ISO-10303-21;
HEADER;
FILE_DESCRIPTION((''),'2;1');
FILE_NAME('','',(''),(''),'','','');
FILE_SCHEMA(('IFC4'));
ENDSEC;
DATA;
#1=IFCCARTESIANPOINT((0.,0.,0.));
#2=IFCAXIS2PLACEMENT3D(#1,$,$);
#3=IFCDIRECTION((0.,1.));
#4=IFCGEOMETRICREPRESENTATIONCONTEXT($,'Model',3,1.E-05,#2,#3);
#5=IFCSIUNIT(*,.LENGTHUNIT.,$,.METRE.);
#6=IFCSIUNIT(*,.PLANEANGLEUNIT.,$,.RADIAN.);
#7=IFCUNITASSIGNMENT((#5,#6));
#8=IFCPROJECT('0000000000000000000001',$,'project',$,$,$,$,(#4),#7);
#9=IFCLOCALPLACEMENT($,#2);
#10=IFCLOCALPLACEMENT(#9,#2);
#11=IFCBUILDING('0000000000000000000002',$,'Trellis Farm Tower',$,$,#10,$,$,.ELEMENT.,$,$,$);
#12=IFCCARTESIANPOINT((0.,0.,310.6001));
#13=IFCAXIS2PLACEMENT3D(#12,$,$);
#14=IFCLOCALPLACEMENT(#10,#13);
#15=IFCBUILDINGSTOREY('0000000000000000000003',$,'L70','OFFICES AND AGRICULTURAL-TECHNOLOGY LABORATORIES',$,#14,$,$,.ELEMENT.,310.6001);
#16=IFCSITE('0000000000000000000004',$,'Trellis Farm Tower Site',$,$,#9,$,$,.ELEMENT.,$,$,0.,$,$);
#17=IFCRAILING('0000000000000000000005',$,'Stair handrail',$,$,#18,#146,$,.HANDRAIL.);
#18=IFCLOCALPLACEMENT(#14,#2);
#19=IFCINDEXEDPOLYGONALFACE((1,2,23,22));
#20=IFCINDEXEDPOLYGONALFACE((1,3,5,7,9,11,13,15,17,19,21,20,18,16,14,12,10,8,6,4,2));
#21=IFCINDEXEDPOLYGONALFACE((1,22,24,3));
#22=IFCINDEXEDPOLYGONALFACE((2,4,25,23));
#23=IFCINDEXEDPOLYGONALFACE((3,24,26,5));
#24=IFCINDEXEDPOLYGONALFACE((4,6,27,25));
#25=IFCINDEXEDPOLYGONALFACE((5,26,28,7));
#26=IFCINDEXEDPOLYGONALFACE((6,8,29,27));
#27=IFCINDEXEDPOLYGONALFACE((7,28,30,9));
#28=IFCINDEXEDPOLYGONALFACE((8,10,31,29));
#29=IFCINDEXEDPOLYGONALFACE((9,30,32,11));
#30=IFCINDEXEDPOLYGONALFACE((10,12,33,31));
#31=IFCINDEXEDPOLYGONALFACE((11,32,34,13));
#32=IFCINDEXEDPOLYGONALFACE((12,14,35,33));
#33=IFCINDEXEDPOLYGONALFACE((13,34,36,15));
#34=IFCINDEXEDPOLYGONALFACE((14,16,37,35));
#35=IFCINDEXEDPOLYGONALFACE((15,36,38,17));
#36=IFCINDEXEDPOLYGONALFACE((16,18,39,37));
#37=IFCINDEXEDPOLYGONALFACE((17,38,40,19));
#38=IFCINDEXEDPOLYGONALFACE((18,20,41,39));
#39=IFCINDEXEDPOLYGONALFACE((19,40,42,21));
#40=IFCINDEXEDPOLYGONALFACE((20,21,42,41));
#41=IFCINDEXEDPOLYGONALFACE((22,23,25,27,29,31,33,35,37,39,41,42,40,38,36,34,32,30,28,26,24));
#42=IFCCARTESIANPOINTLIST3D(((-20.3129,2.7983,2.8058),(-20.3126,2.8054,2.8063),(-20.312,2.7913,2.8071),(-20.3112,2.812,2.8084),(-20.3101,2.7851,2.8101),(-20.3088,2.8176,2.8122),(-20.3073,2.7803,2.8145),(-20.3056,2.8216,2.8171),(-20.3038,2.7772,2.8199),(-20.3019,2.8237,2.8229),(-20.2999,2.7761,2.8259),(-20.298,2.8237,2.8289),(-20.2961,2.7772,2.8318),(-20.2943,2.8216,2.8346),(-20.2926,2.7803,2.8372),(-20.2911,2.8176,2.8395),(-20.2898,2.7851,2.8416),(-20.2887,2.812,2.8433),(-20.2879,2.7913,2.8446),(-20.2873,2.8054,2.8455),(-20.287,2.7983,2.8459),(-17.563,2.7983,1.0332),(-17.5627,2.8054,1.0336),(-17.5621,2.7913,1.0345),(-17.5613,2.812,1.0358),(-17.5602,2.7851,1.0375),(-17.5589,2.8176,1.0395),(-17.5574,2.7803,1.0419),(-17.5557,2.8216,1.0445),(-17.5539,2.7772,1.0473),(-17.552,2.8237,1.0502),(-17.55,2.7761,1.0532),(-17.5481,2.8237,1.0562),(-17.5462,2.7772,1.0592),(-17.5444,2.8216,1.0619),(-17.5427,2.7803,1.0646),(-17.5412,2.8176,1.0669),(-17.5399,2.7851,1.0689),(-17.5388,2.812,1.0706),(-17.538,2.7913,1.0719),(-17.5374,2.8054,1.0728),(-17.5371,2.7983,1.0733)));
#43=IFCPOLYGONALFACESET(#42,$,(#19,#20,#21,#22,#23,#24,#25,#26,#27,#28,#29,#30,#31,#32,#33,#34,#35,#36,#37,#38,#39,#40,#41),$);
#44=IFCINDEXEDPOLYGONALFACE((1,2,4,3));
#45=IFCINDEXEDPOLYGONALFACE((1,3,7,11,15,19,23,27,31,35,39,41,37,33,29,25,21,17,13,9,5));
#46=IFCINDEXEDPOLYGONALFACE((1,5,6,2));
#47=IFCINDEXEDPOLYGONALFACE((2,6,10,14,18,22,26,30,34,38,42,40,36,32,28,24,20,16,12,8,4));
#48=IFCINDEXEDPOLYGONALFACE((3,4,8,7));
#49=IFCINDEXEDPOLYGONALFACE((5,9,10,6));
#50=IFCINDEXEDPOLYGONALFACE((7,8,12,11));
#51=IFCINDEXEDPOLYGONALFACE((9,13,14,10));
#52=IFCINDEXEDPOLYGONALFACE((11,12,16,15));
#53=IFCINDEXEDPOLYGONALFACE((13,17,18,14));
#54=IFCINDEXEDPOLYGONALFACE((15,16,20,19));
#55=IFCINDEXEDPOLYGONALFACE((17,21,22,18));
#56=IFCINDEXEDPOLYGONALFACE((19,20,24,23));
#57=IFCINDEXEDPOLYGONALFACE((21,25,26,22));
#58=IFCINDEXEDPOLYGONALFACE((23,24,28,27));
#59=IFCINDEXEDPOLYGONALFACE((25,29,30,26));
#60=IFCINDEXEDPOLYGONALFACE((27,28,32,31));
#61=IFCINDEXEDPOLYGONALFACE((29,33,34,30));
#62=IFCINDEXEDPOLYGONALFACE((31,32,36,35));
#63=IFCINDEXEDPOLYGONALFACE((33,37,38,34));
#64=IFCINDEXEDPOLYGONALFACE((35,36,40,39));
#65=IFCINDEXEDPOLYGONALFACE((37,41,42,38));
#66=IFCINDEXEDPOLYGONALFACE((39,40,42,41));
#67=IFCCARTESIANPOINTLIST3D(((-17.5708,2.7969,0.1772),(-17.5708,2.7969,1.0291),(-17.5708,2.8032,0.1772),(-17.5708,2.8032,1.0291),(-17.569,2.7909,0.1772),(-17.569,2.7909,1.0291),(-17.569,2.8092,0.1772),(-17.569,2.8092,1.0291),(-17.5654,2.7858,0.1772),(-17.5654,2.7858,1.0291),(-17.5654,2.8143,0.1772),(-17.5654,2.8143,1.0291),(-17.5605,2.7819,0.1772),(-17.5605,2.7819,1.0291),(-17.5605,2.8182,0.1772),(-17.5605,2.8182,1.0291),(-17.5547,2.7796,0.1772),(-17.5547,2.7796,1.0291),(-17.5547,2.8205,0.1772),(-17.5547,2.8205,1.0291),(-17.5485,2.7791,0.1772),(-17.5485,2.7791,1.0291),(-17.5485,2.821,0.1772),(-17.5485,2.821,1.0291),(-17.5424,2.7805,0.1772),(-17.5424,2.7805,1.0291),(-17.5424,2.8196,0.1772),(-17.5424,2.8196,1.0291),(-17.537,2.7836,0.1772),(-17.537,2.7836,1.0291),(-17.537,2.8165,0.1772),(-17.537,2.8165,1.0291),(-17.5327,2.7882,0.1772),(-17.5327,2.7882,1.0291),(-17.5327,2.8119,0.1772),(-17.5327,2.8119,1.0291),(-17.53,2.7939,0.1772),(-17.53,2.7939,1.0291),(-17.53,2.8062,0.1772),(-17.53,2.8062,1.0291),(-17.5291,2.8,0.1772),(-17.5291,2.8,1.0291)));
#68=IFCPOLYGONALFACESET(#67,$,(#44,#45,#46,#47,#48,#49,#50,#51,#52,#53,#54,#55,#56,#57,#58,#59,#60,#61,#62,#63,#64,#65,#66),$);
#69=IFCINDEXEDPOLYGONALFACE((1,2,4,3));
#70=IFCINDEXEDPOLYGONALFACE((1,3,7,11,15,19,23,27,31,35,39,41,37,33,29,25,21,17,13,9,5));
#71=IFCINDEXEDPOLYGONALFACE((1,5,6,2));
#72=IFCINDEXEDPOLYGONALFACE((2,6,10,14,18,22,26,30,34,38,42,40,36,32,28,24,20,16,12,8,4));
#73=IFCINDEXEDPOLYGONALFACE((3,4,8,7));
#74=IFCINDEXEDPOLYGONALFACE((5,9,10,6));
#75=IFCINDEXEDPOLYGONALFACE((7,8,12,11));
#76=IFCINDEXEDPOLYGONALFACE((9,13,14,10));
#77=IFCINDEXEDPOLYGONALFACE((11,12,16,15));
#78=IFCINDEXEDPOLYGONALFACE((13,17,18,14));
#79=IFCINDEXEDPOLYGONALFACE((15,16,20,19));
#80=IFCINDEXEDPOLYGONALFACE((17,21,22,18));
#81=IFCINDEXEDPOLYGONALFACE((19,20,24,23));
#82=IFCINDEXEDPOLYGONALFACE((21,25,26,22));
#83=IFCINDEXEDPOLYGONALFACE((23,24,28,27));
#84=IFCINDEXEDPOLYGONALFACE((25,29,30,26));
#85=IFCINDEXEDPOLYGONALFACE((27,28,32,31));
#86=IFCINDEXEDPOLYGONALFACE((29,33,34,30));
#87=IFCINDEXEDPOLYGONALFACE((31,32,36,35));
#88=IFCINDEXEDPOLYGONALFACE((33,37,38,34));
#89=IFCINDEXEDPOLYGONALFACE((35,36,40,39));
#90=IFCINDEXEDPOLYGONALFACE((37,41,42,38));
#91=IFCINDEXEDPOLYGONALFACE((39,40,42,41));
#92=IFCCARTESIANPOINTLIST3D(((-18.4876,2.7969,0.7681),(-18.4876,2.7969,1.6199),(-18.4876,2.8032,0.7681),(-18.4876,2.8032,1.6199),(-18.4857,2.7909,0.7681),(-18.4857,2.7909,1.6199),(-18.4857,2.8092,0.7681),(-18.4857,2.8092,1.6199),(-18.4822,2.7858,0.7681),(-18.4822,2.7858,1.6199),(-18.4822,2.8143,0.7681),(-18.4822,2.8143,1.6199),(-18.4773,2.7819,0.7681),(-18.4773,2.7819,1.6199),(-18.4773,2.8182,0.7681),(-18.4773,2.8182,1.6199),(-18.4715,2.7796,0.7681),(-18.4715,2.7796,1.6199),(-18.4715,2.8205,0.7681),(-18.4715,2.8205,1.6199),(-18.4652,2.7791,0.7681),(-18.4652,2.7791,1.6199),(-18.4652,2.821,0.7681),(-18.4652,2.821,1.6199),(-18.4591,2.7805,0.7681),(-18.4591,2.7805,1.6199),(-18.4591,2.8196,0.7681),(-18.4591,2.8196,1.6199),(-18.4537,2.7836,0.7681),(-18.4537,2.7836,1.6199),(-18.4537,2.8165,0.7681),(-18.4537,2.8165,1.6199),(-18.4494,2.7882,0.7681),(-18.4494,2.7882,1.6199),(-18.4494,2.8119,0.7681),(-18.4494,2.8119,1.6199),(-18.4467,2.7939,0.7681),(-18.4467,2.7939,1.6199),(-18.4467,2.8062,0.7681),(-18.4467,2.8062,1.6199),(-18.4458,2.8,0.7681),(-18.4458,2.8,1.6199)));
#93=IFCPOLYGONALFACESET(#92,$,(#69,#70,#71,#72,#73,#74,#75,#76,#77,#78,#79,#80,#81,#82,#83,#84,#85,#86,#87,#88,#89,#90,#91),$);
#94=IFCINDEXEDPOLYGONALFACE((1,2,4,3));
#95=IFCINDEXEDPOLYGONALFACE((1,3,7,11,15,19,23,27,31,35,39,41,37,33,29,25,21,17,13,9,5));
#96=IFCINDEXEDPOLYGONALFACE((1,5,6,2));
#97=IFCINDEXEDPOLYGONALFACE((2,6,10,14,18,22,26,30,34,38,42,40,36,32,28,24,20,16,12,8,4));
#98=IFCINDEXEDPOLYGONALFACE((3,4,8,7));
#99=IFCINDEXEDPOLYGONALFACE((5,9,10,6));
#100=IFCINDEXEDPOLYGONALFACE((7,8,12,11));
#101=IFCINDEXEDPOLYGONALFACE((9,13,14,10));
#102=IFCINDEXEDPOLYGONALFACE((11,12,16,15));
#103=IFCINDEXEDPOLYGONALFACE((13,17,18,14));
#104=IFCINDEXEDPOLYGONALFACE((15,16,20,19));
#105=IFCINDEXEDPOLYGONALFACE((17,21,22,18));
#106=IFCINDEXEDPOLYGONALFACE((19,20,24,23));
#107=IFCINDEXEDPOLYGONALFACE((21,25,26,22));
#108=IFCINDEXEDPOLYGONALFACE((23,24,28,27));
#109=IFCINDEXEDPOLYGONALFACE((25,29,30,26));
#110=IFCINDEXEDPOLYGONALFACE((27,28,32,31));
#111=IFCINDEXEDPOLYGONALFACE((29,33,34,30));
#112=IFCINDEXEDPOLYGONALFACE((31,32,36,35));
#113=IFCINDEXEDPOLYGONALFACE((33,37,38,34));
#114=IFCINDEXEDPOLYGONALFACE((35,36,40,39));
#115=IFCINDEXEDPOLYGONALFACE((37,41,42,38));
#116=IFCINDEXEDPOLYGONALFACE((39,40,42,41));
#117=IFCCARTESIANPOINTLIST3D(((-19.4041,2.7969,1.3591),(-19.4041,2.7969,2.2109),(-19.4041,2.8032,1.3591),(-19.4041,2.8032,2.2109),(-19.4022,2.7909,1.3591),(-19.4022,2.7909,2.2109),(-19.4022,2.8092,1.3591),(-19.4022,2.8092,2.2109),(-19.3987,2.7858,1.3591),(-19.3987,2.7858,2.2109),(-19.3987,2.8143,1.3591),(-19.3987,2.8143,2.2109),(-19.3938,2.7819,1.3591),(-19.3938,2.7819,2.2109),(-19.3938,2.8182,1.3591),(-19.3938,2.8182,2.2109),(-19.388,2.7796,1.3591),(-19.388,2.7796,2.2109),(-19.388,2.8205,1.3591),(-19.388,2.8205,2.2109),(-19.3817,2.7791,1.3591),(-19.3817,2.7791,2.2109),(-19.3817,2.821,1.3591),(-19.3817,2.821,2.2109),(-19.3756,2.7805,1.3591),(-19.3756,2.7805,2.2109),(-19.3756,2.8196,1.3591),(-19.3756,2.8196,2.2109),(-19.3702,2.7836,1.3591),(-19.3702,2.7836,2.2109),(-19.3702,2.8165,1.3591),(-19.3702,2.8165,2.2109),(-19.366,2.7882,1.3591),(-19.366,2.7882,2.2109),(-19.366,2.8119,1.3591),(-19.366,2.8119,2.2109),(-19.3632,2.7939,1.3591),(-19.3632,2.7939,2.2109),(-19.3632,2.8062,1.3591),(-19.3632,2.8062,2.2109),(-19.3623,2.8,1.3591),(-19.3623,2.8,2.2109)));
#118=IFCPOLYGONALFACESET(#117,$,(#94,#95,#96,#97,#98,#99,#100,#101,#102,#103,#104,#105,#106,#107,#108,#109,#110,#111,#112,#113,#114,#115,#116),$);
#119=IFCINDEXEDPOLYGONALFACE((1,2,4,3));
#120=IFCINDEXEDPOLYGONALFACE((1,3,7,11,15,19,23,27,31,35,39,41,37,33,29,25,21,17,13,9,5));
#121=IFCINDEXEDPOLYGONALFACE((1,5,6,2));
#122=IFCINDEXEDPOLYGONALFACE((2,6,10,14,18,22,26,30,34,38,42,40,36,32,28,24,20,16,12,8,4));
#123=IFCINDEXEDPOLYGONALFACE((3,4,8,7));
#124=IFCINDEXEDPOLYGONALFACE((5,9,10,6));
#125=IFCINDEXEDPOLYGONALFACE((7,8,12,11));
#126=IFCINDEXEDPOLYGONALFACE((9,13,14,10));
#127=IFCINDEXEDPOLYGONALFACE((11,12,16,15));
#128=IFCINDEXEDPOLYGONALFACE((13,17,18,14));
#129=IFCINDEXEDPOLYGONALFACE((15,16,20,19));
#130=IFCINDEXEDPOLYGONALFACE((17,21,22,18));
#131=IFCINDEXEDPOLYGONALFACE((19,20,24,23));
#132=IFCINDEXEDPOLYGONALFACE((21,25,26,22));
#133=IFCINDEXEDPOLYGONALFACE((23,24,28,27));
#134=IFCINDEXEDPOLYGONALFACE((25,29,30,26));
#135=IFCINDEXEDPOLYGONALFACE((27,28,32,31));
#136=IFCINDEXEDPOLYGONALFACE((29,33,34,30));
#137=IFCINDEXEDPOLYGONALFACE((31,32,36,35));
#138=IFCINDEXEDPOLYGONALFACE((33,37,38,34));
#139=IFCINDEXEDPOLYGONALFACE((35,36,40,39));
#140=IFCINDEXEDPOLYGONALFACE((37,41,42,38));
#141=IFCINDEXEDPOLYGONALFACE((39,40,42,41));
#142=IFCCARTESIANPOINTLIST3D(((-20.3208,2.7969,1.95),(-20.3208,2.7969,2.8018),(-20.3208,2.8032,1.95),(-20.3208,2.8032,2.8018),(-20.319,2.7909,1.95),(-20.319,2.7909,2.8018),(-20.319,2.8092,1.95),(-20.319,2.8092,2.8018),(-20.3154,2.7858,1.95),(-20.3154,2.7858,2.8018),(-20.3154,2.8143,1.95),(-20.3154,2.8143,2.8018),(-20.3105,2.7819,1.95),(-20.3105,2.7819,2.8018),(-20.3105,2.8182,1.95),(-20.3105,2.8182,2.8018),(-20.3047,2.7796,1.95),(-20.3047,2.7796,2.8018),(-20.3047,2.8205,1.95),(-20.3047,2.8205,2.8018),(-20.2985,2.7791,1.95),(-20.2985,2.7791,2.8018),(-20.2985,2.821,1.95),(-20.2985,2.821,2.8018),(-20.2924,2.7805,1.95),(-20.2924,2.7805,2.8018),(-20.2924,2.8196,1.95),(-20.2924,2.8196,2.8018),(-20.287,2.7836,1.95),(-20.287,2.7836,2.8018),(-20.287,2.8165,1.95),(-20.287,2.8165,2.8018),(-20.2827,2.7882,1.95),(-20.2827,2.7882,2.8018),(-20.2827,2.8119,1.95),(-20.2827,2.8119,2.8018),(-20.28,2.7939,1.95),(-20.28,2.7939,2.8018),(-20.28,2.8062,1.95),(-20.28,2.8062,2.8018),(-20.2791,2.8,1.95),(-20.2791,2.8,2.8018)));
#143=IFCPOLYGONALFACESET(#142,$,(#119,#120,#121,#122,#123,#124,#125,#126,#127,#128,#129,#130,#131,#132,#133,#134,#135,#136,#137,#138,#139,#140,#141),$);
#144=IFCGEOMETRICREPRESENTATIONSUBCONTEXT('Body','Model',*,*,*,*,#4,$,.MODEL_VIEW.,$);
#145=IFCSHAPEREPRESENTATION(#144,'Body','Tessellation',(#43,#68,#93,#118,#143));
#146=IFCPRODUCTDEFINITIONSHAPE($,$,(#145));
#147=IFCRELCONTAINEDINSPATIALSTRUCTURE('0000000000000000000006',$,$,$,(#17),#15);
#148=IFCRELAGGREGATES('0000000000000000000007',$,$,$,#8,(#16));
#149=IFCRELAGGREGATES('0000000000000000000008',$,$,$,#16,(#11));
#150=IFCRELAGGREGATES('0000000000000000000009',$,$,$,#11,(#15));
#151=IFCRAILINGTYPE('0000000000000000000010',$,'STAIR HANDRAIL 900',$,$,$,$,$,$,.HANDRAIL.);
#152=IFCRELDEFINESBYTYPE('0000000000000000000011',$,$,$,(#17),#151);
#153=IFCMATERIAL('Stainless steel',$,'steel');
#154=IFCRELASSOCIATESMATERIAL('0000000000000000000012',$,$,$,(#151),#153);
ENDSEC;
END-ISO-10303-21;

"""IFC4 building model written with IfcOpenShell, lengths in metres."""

from ifc_helpers import new_model, si_unit, direction, frame, origin, origin_2d, place, context, subcontext, project, spatial, circle, extrude, source, transform, mapped, material, type_object, element, save


model = new_model("IFC4")

# Units and contexts
model_context = context("Model", 3, precision=1e-05, world=origin(), true_north=direction((0.0, 1.0)))
body_context = subcontext(model_context, "Body", "Model", "MODEL_VIEW")
ifc_project = project(units=[si_unit("LENGTHUNIT", "METRE"), si_unit("PLANEANGLEUNIT", "RADIAN")], contexts=[model_context])

# Site, building, storey
site_placement = place(None, origin())
site = spatial("IfcSite", under=ifc_project, at=site_placement, Name="Trellis Farm Tower Site", CompositionType="ELEMENT", RefElevation=0.0)
building_placement = place(site_placement, origin())
building = spatial("IfcBuilding", under=site, at=building_placement, Name="Trellis Farm Tower", CompositionType="ELEMENT")
storey_placement = place(building_placement, frame((0.0, 0.0, 310.6001)))
storey = spatial("IfcBuildingStorey", under=building, at=storey_placement, Name="L70", Description="OFFICES AND AGRICULTURAL-TECHNOLOGY LABORATORIES", CompositionType="ELEMENT", Elevation=310.6001)

# Railing
ifc_material_1 = material(Name="Stainless steel", Category="steel")
railing_type = type_object("IfcRailingType", Name="STAIR HANDRAIL 900", PredefinedType="HANDRAIL", material=ifc_material_1)
shared_shape_1 = source(origin(), body_context, "Body", "SweptSolid", [
    extrude(circle(Radius=0.0239, at=origin_2d()), frame((0.0, 0.0, 0.876), z_axis=(-0.840504, 0.0, 0.541806), x_axis=(0.0, -1.0, 0.0)), (0.0, 0.0, 1.0), 3.2717),
    extrude(circle(Radius=0.021, at=origin_2d()), origin(), (0.0, 0.0, 1.0), 0.8518),
    extrude(circle(Radius=0.021, at=origin_2d()), frame((-0.9167, 0.0, 0.5908)), (0.0, 0.0, 1.0), 0.8518),
    extrude(circle(Radius=0.021, at=origin_2d()), frame((-1.8333, 0.0, 1.1819)), (0.0, 0.0, 1.0), 0.8518),
    extrude(circle(Radius=0.021, at=origin_2d()), frame((-2.75, 0.0, 1.7727)), (0.0, 0.0, 1.0), 0.8518),
])
for number, where, name in (
    (1, (-17.55, 2.8, 0.1772), "Stair handrail"),
):
    element("IfcRailing", number, at=place(storey_placement, frame(where)), inside=storey, type_object=railing_type, Name=name, PredefinedType="HANDRAIL", context=body_context, shape_type="MappedRepresentation", body=[
        mapped(shared_shape_1, transform((0.0, 0.0, 0.0))),
    ])

save(model, "model.ifc")
